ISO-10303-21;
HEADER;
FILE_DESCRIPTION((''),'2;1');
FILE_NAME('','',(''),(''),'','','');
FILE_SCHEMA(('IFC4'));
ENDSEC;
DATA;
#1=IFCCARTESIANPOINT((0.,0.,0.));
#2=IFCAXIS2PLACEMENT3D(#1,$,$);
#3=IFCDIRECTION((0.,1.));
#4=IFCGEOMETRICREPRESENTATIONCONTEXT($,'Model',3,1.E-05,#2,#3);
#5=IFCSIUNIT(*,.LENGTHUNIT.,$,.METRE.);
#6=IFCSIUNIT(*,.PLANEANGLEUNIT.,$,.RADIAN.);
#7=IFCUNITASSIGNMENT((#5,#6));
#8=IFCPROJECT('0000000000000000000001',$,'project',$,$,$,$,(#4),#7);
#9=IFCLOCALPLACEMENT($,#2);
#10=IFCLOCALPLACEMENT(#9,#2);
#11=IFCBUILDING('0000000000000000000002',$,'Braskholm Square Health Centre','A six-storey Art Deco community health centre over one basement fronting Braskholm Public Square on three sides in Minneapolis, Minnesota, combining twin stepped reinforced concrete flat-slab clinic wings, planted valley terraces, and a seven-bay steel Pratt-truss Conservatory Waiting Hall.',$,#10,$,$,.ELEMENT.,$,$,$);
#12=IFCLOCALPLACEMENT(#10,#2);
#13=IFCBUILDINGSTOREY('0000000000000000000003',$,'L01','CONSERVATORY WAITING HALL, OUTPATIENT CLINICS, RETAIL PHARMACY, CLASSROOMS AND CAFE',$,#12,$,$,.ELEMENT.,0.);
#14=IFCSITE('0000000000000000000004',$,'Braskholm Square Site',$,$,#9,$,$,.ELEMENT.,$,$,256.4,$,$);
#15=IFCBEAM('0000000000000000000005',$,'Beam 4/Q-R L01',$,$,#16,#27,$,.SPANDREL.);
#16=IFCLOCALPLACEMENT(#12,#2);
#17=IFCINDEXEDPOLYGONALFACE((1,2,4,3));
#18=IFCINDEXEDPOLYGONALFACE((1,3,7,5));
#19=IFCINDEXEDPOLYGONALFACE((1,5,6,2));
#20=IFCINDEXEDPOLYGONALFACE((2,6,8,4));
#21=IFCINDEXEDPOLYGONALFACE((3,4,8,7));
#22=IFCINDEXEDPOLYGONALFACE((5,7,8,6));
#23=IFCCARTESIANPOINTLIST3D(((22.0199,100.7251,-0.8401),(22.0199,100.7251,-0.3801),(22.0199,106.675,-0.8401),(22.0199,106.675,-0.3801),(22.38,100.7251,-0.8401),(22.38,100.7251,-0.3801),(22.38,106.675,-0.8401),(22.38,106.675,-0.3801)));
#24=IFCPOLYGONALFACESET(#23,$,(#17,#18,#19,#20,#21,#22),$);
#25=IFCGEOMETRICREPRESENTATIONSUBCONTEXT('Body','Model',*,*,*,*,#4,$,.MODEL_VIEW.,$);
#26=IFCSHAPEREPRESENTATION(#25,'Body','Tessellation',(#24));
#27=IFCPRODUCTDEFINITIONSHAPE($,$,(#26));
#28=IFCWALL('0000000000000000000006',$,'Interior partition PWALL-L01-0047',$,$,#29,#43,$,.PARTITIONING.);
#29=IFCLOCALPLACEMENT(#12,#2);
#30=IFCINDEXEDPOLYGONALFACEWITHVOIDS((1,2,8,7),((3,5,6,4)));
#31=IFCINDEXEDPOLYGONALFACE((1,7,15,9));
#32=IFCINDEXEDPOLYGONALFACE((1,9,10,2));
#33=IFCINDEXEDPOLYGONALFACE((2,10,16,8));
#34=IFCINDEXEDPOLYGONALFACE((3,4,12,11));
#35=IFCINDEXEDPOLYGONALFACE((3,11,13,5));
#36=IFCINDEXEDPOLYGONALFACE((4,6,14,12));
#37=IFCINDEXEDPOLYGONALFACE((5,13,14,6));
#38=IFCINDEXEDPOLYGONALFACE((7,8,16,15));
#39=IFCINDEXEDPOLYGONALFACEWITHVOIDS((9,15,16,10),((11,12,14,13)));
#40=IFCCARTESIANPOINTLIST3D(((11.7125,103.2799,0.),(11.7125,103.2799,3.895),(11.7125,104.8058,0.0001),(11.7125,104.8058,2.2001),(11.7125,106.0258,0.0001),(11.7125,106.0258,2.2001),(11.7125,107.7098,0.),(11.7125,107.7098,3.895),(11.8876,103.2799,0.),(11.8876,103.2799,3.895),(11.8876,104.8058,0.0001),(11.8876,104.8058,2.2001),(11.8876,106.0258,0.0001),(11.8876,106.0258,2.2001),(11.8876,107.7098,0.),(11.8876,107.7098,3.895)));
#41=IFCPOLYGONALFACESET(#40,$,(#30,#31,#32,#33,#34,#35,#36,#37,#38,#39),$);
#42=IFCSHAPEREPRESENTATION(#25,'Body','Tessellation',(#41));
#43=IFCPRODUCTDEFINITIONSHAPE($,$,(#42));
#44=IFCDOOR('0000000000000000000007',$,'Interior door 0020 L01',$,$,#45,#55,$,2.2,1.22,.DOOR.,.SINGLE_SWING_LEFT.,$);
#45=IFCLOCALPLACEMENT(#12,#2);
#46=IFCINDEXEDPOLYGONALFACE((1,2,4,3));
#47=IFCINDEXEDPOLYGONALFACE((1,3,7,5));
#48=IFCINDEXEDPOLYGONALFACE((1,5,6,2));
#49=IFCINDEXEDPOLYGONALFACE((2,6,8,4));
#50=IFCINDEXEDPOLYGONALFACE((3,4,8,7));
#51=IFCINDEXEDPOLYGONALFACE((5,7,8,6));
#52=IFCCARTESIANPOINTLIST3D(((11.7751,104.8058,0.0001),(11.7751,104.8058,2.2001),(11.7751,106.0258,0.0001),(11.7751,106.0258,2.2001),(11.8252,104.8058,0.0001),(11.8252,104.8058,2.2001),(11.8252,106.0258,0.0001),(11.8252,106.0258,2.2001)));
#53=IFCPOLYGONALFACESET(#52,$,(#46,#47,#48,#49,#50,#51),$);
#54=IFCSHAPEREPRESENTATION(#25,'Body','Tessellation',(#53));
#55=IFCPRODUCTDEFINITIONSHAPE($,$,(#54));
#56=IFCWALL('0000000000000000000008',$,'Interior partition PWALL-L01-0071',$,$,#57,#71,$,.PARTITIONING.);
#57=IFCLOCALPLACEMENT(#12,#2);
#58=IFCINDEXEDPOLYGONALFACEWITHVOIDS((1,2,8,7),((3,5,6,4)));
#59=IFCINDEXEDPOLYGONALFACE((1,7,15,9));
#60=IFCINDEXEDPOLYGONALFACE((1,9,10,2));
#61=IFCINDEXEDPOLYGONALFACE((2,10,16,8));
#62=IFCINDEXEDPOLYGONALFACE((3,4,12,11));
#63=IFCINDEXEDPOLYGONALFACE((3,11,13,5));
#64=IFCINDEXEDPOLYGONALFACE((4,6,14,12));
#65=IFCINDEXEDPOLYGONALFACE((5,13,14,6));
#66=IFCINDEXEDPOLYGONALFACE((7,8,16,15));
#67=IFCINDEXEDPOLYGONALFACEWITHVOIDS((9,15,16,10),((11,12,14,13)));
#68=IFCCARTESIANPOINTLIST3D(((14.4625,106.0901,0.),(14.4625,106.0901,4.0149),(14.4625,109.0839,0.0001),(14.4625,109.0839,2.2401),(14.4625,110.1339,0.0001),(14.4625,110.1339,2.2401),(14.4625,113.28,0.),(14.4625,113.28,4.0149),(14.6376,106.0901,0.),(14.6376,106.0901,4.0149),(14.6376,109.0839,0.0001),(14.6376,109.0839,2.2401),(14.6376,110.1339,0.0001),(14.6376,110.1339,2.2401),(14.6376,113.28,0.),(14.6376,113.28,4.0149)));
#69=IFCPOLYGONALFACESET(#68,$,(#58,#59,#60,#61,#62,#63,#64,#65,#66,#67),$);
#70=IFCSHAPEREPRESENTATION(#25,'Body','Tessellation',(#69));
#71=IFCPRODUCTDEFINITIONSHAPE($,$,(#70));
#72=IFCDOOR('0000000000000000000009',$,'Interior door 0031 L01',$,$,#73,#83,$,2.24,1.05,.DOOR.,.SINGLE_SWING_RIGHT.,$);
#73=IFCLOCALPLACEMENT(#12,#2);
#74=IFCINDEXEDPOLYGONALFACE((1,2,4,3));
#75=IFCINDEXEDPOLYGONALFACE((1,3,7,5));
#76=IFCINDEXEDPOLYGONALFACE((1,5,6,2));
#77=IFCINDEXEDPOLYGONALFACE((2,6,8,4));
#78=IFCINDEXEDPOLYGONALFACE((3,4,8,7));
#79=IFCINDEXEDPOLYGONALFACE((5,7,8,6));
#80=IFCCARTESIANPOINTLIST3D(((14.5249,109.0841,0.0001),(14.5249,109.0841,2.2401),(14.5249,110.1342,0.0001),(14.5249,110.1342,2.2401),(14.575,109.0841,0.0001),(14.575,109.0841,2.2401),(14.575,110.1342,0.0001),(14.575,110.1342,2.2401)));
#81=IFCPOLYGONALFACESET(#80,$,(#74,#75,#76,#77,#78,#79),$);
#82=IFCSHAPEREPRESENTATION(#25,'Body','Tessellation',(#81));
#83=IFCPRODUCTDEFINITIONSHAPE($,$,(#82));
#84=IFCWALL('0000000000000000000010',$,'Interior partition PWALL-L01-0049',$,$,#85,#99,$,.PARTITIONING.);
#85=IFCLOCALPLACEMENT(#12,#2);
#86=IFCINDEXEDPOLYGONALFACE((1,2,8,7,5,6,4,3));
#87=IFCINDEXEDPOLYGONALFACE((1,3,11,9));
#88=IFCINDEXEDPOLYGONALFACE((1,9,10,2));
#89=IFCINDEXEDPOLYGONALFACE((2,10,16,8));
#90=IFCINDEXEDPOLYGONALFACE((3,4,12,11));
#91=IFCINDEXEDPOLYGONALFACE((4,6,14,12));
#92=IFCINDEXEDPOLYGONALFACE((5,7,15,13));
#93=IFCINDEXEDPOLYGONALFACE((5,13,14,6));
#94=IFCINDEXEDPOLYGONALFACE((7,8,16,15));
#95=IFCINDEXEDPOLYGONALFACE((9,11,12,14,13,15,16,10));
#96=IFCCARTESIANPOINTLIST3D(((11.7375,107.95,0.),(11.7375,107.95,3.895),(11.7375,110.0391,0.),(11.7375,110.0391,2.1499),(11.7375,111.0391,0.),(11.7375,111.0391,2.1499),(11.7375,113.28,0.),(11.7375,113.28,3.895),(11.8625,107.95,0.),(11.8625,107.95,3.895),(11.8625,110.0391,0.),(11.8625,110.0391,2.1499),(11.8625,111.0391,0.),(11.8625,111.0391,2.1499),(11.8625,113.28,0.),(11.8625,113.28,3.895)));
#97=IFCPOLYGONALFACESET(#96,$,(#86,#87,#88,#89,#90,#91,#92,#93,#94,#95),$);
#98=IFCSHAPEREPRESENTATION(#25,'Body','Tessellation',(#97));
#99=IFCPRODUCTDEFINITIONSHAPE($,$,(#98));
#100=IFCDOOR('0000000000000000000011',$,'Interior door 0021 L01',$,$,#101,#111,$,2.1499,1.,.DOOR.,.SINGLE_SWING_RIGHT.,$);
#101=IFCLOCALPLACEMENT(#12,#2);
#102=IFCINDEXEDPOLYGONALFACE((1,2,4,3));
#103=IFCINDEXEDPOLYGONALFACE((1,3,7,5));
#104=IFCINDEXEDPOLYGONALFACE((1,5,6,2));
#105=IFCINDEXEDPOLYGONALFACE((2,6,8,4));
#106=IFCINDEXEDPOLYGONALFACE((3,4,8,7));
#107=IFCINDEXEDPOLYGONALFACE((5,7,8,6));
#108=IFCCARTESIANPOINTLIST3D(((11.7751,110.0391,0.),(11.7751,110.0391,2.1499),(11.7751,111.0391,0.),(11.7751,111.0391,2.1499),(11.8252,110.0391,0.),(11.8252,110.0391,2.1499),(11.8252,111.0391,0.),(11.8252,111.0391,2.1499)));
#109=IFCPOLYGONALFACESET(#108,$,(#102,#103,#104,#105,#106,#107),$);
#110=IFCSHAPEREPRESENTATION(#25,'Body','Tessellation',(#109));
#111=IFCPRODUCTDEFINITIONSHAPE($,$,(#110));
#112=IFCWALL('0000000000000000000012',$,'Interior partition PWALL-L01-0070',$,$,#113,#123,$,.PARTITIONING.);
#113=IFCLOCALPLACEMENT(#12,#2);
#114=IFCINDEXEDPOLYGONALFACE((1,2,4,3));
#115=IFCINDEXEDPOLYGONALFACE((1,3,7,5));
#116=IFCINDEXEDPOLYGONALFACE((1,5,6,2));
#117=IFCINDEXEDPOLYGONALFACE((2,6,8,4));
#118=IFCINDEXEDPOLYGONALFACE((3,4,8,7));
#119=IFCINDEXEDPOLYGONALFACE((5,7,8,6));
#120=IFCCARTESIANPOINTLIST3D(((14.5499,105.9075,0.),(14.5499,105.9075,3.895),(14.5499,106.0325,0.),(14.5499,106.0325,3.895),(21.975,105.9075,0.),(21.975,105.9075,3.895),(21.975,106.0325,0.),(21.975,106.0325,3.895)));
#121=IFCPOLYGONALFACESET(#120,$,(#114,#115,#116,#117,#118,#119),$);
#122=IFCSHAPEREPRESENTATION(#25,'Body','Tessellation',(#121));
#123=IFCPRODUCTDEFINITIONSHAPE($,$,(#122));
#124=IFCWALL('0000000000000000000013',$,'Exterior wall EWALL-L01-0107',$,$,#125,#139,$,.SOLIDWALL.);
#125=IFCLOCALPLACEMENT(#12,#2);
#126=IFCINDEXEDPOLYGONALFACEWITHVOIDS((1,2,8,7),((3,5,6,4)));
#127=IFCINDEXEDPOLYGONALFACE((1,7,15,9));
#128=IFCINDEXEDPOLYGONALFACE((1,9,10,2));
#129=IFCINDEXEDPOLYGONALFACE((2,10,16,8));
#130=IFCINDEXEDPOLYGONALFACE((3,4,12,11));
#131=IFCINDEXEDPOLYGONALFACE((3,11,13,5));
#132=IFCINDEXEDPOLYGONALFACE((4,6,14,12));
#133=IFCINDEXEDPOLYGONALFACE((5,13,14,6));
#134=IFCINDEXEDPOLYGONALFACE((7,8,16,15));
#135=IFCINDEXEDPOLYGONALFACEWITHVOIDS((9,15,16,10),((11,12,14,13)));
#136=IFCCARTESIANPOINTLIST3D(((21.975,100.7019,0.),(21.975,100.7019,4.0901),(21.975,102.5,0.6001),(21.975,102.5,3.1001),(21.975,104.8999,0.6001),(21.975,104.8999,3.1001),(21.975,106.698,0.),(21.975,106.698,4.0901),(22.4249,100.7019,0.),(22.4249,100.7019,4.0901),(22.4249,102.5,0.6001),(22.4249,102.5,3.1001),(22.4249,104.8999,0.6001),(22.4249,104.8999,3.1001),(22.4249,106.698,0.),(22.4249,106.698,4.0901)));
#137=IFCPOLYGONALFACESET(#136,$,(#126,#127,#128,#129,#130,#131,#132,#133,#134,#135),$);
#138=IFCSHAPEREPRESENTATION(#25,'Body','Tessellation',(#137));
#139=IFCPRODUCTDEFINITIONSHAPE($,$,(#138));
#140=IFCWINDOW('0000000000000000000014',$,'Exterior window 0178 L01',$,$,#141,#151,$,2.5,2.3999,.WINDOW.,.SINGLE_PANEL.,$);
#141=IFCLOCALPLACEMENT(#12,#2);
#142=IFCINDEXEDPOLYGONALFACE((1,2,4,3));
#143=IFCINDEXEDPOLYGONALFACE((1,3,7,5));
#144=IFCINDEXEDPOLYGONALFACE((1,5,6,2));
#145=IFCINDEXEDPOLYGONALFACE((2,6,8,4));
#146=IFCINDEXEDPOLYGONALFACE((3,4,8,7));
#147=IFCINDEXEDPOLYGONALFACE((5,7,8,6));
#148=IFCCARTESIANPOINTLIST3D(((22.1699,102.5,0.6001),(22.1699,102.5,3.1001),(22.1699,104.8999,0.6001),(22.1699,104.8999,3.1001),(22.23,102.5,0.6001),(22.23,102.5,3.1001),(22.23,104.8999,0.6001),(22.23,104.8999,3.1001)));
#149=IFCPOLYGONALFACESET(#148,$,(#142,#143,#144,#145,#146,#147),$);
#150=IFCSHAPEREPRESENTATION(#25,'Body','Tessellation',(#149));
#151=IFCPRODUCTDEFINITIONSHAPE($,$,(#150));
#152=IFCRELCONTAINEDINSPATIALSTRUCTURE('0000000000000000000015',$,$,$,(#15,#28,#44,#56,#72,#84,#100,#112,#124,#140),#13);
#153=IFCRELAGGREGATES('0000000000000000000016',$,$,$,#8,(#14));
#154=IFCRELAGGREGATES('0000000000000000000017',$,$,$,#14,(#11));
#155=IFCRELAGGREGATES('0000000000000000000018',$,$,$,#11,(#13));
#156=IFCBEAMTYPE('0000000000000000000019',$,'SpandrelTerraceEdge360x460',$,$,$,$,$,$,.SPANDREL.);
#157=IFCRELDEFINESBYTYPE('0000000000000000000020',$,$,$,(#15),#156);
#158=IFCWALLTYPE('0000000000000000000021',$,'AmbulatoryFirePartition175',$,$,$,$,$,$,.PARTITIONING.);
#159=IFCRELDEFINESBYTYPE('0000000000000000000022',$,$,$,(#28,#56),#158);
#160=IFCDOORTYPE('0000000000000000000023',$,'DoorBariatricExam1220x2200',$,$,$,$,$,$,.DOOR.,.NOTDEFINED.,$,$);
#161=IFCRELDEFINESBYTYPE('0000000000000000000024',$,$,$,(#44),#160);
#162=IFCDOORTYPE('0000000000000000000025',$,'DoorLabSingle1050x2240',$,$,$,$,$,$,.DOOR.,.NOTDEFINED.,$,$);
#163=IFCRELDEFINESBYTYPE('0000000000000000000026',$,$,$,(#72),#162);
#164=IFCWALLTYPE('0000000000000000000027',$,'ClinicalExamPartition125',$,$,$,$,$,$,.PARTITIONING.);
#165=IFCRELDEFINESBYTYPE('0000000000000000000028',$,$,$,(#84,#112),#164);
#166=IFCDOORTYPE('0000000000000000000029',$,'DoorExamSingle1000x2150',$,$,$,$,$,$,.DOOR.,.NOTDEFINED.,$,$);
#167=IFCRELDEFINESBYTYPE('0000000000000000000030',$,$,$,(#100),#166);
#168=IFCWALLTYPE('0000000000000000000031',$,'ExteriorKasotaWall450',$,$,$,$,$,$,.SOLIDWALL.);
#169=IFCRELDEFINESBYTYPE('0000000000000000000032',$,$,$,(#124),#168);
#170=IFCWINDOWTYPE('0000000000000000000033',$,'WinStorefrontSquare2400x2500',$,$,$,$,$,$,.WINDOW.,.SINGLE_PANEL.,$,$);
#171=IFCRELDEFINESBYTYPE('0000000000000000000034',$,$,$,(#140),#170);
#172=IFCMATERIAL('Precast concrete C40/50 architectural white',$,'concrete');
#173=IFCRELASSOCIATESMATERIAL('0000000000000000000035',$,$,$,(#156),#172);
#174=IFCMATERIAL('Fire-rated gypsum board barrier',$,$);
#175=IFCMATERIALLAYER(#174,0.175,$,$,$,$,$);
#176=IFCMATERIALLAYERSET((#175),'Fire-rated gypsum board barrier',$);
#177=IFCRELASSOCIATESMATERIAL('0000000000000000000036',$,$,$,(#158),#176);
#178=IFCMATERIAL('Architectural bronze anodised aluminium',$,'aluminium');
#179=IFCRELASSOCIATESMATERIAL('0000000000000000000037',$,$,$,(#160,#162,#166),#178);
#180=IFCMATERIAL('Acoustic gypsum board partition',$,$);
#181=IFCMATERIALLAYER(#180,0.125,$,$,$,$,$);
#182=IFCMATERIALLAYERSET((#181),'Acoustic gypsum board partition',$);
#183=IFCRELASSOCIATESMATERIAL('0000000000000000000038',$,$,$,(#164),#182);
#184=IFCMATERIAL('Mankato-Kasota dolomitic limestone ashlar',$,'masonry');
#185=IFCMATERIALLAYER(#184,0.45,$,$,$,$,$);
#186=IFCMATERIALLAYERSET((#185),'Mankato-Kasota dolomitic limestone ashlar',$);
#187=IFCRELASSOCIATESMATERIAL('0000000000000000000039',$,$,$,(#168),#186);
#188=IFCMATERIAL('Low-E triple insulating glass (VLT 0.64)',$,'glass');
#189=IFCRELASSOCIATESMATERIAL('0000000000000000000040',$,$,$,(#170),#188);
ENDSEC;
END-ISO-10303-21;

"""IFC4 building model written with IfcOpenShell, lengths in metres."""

from ifc_helpers import new_model, si_unit, direction, frame, frame_2d, origin, origin_with_axes, origin_2d, place, context, subcontext, project, spatial, rectangle, extrude, material, layer, layer_set, material_profile, profile_set, type_object, element, fill, save


model = new_model("IFC4")

# Units and contexts
model_context = context("Model", 3, precision=1e-05, world=origin(), true_north=direction((0.0, 1.0)))
body_context = subcontext(model_context, "Body", "Model", "MODEL_VIEW")
ifc_project = project(units=[si_unit("LENGTHUNIT", "METRE"), si_unit("PLANEANGLEUNIT", "RADIAN")], contexts=[model_context])

# Site, building, storey
site_placement = place(None, origin())
site = spatial("IfcSite", under=ifc_project, at=site_placement, Name="Braskholm Square Site", CompositionType="ELEMENT", RefElevation=256.4)
building_placement = place(site_placement, origin())
building = spatial("IfcBuilding", under=site, at=building_placement, Name="Braskholm Square Health Centre", Description="A six-storey Art Deco community health centre over one basement fronting Braskholm Public Square on three sides in Minneapolis, Minnesota, combining twin stepped reinforced concrete flat-slab clinic wings, planted valley terraces, and a seven-bay steel Pratt-truss Conservatory Waiting Hall.", CompositionType="ELEMENT")
storey_placement = place(building_placement, origin())
storey = spatial("IfcBuildingStorey", under=building, at=storey_placement, Name="L01", Description="CONSERVATORY WAITING HALL, OUTPATIENT CLINICS, RETAIL PHARMACY, CLASSROOMS AND CAFE", CompositionType="ELEMENT", Elevation=0.0)

# Shared definitions
ifc_material_1 = material(Name="Precast concrete C40/50 architectural white", Category="concrete")

# Beam
ifc_material_profile_1 = material_profile(ifc_material_1, rectangle(XDim=0.3601, YDim=0.46, at=origin_2d()), Name="RCB-360X460")
ifc_profile_set_1 = profile_set([ifc_material_profile_1], Name="Precast concrete C40/50 architectural white")
beam_type_1 = type_object("IfcBeamType", Name="SpandrelTerraceEdge360x460", PredefinedType="SPANDREL", material=ifc_profile_set_1)
beam_1_placement = place(storey_placement, frame((22.2, 100.7251, -0.6101), z_axis=(0.0, 1.0, 0.0), x_axis=(-1.0, 0.0, 0.0)))
element("IfcBeam", 1, at=beam_1_placement, inside=storey, type_object=beam_type_1, Name="Beam 4/Q-R L01", PredefinedType="SPANDREL", context=body_context, shape_type="SweptSolid", body=[
    extrude(rectangle(XDim=0.3601, YDim=0.46, at=origin_2d()), origin(), (0.0, 0.0, 1.0), 5.95),
])

# Walls, openings, doors
ifc_material_2 = material(Name="Fire-rated gypsum board barrier")
ifc_layer_1 = layer(ifc_material_2, 0.175)
ifc_layer_set_1 = layer_set([ifc_layer_1], Name="Fire-rated gypsum board barrier")
wall_type_1 = type_object("IfcWallType", Name="AmbulatoryFirePartition175", PredefinedType="PARTITIONING", material=ifc_layer_set_1)
wall_1_placement = place(storey_placement, frame((11.8, 103.28, 0.0), z_axis=(0.0, 0.0, 1.0), x_axis=(0.0, 1.0, 0.0)))
wall_1 = element("IfcWall", 2, at=wall_1_placement, inside=storey, type_object=wall_type_1, Name="Interior partition PWALL-L01-0047", PredefinedType="PARTITIONING", context=body_context, shape_type="SweptSolid", body=[
    extrude(rectangle(XDim=4.4299, YDim=0.175, at=frame_2d((2.2148, 0.0))), origin(), (0.0, 0.0, 1.0), 3.895),
])
opening_1_placement = place(wall_1_placement, frame((1.5259, 0.0, 0.0)))
opening_1 = element("IfcOpeningElement", 3, at=opening_1_placement, cuts=wall_1, PredefinedType="OPENING", context=body_context, shape_type="SweptSolid", body=[
    extrude(rectangle(XDim=1.22, YDim=2.2, at=frame_2d((0.6099, 1.1001))), frame((0.0, 0.0977, 0.0), z_axis=(0.0, -1.0, 0.0), x_axis=(1.0, 0.0, 0.0)), (0.0, 0.0, 1.0), 0.1951),
])
ifc_material_3 = material(Name="Architectural bronze anodised aluminium", Category="aluminium")
door_type_1 = type_object("IfcDoorType", Name="DoorBariatricExam1220x2200", OperationType="NOTDEFINED", PredefinedType="DOOR", material=ifc_material_3)
door_1_placement = place(opening_1_placement, origin_with_axes())
door_1 = element("IfcDoor", 4, at=door_1_placement, inside=storey, type_object=door_type_1, Name="Interior door 0020 L01", OperationType="SINGLE_SWING_LEFT", OverallHeight=2.2, OverallWidth=1.22, PredefinedType="DOOR", context=body_context, shape_type="SweptSolid", body=[
    extrude(rectangle(XDim=1.22, YDim=2.2, at=frame_2d((0.6099, 1.1001))), frame((0.0, 0.0249, 0.0), z_axis=(0.0, -1.0, 0.0), x_axis=(1.0, 0.0, 0.0)), (0.0, 0.0, 1.0), 0.05),
])
fill(opening_1, door_1)
wall_2_placement = place(storey_placement, frame((14.55, 106.0901, 0.0), z_axis=(0.0, 0.0, 1.0), x_axis=(0.0, 1.0, 0.0)))
wall_2 = element("IfcWall", 5, at=wall_2_placement, inside=storey, type_object=wall_type_1, Name="Interior partition PWALL-L01-0071", PredefinedType="PARTITIONING", context=body_context, shape_type="SweptSolid", body=[
    extrude(rectangle(XDim=7.1899, YDim=0.175, at=frame_2d((3.595, 0.0))), origin(), (0.0, 0.0, 1.0), 4.0149),
])
opening_2_placement = place(wall_2_placement, frame((2.9939, 0.0, 0.0)))
opening_2 = element("IfcOpeningElement", 6, at=opening_2_placement, cuts=wall_2, PredefinedType="OPENING", context=body_context, shape_type="SweptSolid", body=[
    extrude(rectangle(XDim=1.05, YDim=2.24, at=frame_2d((0.5249, 1.1201))), frame((0.0, 0.0977, 0.0), z_axis=(0.0, -1.0, 0.0), x_axis=(1.0, 0.0, 0.0)), (0.0, 0.0, 1.0), 0.1951),
])
door_type_2 = type_object("IfcDoorType", Name="DoorLabSingle1050x2240", OperationType="NOTDEFINED", PredefinedType="DOOR", material=ifc_material_3)
door_2_placement = place(opening_2_placement, frame((1.05, 0.0, 0.0), z_axis=(0.0, 0.0, 1.0), x_axis=(-1.0, 0.0, 0.0)))
door_2 = element("IfcDoor", 7, at=door_2_placement, inside=storey, type_object=door_type_2, Name="Interior door 0031 L01", OperationType="SINGLE_SWING_RIGHT", OverallHeight=2.24, OverallWidth=1.05, PredefinedType="DOOR", context=body_context, shape_type="SweptSolid", body=[
    extrude(rectangle(XDim=1.05, YDim=2.24, at=frame_2d((0.5249, 1.1201))), frame((0.0, 0.0249, 0.0), z_axis=(0.0, -1.0, 0.0), x_axis=(1.0, 0.0, 0.0)), (0.0, 0.0, 1.0), 0.05),
])
fill(opening_2, door_2)
ifc_material_4 = material(Name="Acoustic gypsum board partition")
ifc_layer_2 = layer(ifc_material_4, 0.125)
ifc_layer_set_2 = layer_set([ifc_layer_2], Name="Acoustic gypsum board partition")
wall_type_2 = type_object("IfcWallType", Name="ClinicalExamPartition125", PredefinedType="PARTITIONING", material=ifc_layer_set_2)
wall_3_placement = place(storey_placement, frame((11.8, 107.95, 0.0), z_axis=(0.0, 0.0, 1.0), x_axis=(0.0, 1.0, 0.0)))
wall_3 = element("IfcWall", 8, at=wall_3_placement, inside=storey, type_object=wall_type_2, Name="Interior partition PWALL-L01-0049", PredefinedType="PARTITIONING", context=body_context, shape_type="SweptSolid", body=[
    extrude(rectangle(XDim=5.3301, YDim=0.125, at=frame_2d((2.665, 0.0))), origin(), (0.0, 0.0, 1.0), 3.895),
])
opening_3_placement = place(wall_3_placement, frame((2.0891, 0.0, 0.0)))
opening_3 = element("IfcOpeningElement", 9, at=opening_3_placement, cuts=wall_3, PredefinedType="OPENING", context=body_context, shape_type="SweptSolid", body=[
    extrude(rectangle(XDim=1.0, YDim=2.1499, at=frame_2d((0.5, 1.075))), frame((0.0, 0.0725, 0.0), z_axis=(0.0, -1.0, 0.0), x_axis=(1.0, 0.0, 0.0)), (0.0, 0.0, 1.0), 0.145),
])
door_type_3 = type_object("IfcDoorType", Name="DoorExamSingle1000x2150", OperationType="NOTDEFINED", PredefinedType="DOOR", material=ifc_material_3)
door_3_placement = place(opening_3_placement, origin_with_axes())
door_3 = element("IfcDoor", 10, at=door_3_placement, inside=storey, type_object=door_type_3, Name="Interior door 0021 L01", OperationType="SINGLE_SWING_RIGHT", OverallHeight=2.1499, OverallWidth=1.0, PredefinedType="DOOR", context=body_context, shape_type="SweptSolid", body=[
    extrude(rectangle(XDim=1.0, YDim=2.1499, at=frame_2d((0.5, 1.075))), frame((0.0, 0.0249, 0.0), z_axis=(0.0, -1.0, 0.0), x_axis=(1.0, 0.0, 0.0)), (0.0, 0.0, 1.0), 0.05),
])
fill(opening_3, door_3)

# Wall
wall_4_placement = place(storey_placement, frame((14.55, 105.97, 0.0), z_axis=(0.0, 0.0, 1.0), x_axis=(1.0, 0.0, 0.0)))
element("IfcWall", 11, at=wall_4_placement, inside=storey, type_object=wall_type_2, Name="Interior partition PWALL-L01-0070", PredefinedType="PARTITIONING", context=body_context, shape_type="SweptSolid", body=[
    extrude(rectangle(XDim=7.425, YDim=0.125, at=frame_2d((3.7124, 0.0))), origin(), (0.0, 0.0, 1.0), 3.895),
])

# Wall, opening, window
ifc_material_5 = material(Name="Mankato-Kasota dolomitic limestone ashlar", Category="masonry")
ifc_layer_3 = layer(ifc_material_5, 0.45)
ifc_layer_set_3 = layer_set([ifc_layer_3], Name="Mankato-Kasota dolomitic limestone ashlar")
wall_type_3 = type_object("IfcWallType", Name="ExteriorKasotaWall450", PredefinedType="SOLIDWALL", material=ifc_layer_set_3)
wall_5_placement = place(storey_placement, frame((22.2, 100.7019, 0.0), z_axis=(0.0, 0.0, 1.0), x_axis=(0.0, 1.0, 0.0)))
wall_5 = element("IfcWall", 12, at=wall_5_placement, inside=storey, type_object=wall_type_3, Name="Exterior wall EWALL-L01-0107", PredefinedType="SOLIDWALL", context=body_context, shape_type="SweptSolid", body=[
    extrude(rectangle(XDim=5.9961, YDim=0.45, at=frame_2d((2.998, 0.0))), origin(), (0.0, 0.0, 1.0), 4.0901),
])
opening_4_placement = place(wall_5_placement, frame((1.7981, 0.0, 0.6001)))
opening_4 = element("IfcOpeningElement", 13, at=opening_4_placement, cuts=wall_5, PredefinedType="OPENING", context=body_context, shape_type="SweptSolid", body=[
    extrude(rectangle(XDim=2.3999, YDim=2.5, at=frame_2d((1.2, 1.25))), frame((0.0, 0.2349, 0.0), z_axis=(0.0, -1.0, 0.0), x_axis=(1.0, 0.0, 0.0)), (0.0, 0.0, 1.0), 0.47),
])
ifc_material_6 = material(Name="Low-E triple insulating glass (VLT 0.64)", Category="glass")
window_type_1 = type_object("IfcWindowType", Name="WinStorefrontSquare2400x2500", PartitioningType="SINGLE_PANEL", PredefinedType="WINDOW", material=ifc_material_6)
window_1_placement = place(opening_4_placement, origin_with_axes())
window_1 = element("IfcWindow", 14, at=window_1_placement, inside=storey, type_object=window_type_1, Name="Exterior window 0178 L01", OverallHeight=2.5, OverallWidth=2.3999, PartitioningType="SINGLE_PANEL", PredefinedType="WINDOW", context=body_context, shape_type="SweptSolid", body=[
    extrude(rectangle(XDim=2.3999, YDim=2.5, at=frame_2d((1.2, 1.25))), frame((0.0, 0.03, 0.0), z_axis=(0.0, -1.0, 0.0), x_axis=(1.0, 0.0, 0.0)), (0.0, 0.0, 1.0), 0.0601),
])
fill(opening_4, window_1)

save(model, "model.ifc")
